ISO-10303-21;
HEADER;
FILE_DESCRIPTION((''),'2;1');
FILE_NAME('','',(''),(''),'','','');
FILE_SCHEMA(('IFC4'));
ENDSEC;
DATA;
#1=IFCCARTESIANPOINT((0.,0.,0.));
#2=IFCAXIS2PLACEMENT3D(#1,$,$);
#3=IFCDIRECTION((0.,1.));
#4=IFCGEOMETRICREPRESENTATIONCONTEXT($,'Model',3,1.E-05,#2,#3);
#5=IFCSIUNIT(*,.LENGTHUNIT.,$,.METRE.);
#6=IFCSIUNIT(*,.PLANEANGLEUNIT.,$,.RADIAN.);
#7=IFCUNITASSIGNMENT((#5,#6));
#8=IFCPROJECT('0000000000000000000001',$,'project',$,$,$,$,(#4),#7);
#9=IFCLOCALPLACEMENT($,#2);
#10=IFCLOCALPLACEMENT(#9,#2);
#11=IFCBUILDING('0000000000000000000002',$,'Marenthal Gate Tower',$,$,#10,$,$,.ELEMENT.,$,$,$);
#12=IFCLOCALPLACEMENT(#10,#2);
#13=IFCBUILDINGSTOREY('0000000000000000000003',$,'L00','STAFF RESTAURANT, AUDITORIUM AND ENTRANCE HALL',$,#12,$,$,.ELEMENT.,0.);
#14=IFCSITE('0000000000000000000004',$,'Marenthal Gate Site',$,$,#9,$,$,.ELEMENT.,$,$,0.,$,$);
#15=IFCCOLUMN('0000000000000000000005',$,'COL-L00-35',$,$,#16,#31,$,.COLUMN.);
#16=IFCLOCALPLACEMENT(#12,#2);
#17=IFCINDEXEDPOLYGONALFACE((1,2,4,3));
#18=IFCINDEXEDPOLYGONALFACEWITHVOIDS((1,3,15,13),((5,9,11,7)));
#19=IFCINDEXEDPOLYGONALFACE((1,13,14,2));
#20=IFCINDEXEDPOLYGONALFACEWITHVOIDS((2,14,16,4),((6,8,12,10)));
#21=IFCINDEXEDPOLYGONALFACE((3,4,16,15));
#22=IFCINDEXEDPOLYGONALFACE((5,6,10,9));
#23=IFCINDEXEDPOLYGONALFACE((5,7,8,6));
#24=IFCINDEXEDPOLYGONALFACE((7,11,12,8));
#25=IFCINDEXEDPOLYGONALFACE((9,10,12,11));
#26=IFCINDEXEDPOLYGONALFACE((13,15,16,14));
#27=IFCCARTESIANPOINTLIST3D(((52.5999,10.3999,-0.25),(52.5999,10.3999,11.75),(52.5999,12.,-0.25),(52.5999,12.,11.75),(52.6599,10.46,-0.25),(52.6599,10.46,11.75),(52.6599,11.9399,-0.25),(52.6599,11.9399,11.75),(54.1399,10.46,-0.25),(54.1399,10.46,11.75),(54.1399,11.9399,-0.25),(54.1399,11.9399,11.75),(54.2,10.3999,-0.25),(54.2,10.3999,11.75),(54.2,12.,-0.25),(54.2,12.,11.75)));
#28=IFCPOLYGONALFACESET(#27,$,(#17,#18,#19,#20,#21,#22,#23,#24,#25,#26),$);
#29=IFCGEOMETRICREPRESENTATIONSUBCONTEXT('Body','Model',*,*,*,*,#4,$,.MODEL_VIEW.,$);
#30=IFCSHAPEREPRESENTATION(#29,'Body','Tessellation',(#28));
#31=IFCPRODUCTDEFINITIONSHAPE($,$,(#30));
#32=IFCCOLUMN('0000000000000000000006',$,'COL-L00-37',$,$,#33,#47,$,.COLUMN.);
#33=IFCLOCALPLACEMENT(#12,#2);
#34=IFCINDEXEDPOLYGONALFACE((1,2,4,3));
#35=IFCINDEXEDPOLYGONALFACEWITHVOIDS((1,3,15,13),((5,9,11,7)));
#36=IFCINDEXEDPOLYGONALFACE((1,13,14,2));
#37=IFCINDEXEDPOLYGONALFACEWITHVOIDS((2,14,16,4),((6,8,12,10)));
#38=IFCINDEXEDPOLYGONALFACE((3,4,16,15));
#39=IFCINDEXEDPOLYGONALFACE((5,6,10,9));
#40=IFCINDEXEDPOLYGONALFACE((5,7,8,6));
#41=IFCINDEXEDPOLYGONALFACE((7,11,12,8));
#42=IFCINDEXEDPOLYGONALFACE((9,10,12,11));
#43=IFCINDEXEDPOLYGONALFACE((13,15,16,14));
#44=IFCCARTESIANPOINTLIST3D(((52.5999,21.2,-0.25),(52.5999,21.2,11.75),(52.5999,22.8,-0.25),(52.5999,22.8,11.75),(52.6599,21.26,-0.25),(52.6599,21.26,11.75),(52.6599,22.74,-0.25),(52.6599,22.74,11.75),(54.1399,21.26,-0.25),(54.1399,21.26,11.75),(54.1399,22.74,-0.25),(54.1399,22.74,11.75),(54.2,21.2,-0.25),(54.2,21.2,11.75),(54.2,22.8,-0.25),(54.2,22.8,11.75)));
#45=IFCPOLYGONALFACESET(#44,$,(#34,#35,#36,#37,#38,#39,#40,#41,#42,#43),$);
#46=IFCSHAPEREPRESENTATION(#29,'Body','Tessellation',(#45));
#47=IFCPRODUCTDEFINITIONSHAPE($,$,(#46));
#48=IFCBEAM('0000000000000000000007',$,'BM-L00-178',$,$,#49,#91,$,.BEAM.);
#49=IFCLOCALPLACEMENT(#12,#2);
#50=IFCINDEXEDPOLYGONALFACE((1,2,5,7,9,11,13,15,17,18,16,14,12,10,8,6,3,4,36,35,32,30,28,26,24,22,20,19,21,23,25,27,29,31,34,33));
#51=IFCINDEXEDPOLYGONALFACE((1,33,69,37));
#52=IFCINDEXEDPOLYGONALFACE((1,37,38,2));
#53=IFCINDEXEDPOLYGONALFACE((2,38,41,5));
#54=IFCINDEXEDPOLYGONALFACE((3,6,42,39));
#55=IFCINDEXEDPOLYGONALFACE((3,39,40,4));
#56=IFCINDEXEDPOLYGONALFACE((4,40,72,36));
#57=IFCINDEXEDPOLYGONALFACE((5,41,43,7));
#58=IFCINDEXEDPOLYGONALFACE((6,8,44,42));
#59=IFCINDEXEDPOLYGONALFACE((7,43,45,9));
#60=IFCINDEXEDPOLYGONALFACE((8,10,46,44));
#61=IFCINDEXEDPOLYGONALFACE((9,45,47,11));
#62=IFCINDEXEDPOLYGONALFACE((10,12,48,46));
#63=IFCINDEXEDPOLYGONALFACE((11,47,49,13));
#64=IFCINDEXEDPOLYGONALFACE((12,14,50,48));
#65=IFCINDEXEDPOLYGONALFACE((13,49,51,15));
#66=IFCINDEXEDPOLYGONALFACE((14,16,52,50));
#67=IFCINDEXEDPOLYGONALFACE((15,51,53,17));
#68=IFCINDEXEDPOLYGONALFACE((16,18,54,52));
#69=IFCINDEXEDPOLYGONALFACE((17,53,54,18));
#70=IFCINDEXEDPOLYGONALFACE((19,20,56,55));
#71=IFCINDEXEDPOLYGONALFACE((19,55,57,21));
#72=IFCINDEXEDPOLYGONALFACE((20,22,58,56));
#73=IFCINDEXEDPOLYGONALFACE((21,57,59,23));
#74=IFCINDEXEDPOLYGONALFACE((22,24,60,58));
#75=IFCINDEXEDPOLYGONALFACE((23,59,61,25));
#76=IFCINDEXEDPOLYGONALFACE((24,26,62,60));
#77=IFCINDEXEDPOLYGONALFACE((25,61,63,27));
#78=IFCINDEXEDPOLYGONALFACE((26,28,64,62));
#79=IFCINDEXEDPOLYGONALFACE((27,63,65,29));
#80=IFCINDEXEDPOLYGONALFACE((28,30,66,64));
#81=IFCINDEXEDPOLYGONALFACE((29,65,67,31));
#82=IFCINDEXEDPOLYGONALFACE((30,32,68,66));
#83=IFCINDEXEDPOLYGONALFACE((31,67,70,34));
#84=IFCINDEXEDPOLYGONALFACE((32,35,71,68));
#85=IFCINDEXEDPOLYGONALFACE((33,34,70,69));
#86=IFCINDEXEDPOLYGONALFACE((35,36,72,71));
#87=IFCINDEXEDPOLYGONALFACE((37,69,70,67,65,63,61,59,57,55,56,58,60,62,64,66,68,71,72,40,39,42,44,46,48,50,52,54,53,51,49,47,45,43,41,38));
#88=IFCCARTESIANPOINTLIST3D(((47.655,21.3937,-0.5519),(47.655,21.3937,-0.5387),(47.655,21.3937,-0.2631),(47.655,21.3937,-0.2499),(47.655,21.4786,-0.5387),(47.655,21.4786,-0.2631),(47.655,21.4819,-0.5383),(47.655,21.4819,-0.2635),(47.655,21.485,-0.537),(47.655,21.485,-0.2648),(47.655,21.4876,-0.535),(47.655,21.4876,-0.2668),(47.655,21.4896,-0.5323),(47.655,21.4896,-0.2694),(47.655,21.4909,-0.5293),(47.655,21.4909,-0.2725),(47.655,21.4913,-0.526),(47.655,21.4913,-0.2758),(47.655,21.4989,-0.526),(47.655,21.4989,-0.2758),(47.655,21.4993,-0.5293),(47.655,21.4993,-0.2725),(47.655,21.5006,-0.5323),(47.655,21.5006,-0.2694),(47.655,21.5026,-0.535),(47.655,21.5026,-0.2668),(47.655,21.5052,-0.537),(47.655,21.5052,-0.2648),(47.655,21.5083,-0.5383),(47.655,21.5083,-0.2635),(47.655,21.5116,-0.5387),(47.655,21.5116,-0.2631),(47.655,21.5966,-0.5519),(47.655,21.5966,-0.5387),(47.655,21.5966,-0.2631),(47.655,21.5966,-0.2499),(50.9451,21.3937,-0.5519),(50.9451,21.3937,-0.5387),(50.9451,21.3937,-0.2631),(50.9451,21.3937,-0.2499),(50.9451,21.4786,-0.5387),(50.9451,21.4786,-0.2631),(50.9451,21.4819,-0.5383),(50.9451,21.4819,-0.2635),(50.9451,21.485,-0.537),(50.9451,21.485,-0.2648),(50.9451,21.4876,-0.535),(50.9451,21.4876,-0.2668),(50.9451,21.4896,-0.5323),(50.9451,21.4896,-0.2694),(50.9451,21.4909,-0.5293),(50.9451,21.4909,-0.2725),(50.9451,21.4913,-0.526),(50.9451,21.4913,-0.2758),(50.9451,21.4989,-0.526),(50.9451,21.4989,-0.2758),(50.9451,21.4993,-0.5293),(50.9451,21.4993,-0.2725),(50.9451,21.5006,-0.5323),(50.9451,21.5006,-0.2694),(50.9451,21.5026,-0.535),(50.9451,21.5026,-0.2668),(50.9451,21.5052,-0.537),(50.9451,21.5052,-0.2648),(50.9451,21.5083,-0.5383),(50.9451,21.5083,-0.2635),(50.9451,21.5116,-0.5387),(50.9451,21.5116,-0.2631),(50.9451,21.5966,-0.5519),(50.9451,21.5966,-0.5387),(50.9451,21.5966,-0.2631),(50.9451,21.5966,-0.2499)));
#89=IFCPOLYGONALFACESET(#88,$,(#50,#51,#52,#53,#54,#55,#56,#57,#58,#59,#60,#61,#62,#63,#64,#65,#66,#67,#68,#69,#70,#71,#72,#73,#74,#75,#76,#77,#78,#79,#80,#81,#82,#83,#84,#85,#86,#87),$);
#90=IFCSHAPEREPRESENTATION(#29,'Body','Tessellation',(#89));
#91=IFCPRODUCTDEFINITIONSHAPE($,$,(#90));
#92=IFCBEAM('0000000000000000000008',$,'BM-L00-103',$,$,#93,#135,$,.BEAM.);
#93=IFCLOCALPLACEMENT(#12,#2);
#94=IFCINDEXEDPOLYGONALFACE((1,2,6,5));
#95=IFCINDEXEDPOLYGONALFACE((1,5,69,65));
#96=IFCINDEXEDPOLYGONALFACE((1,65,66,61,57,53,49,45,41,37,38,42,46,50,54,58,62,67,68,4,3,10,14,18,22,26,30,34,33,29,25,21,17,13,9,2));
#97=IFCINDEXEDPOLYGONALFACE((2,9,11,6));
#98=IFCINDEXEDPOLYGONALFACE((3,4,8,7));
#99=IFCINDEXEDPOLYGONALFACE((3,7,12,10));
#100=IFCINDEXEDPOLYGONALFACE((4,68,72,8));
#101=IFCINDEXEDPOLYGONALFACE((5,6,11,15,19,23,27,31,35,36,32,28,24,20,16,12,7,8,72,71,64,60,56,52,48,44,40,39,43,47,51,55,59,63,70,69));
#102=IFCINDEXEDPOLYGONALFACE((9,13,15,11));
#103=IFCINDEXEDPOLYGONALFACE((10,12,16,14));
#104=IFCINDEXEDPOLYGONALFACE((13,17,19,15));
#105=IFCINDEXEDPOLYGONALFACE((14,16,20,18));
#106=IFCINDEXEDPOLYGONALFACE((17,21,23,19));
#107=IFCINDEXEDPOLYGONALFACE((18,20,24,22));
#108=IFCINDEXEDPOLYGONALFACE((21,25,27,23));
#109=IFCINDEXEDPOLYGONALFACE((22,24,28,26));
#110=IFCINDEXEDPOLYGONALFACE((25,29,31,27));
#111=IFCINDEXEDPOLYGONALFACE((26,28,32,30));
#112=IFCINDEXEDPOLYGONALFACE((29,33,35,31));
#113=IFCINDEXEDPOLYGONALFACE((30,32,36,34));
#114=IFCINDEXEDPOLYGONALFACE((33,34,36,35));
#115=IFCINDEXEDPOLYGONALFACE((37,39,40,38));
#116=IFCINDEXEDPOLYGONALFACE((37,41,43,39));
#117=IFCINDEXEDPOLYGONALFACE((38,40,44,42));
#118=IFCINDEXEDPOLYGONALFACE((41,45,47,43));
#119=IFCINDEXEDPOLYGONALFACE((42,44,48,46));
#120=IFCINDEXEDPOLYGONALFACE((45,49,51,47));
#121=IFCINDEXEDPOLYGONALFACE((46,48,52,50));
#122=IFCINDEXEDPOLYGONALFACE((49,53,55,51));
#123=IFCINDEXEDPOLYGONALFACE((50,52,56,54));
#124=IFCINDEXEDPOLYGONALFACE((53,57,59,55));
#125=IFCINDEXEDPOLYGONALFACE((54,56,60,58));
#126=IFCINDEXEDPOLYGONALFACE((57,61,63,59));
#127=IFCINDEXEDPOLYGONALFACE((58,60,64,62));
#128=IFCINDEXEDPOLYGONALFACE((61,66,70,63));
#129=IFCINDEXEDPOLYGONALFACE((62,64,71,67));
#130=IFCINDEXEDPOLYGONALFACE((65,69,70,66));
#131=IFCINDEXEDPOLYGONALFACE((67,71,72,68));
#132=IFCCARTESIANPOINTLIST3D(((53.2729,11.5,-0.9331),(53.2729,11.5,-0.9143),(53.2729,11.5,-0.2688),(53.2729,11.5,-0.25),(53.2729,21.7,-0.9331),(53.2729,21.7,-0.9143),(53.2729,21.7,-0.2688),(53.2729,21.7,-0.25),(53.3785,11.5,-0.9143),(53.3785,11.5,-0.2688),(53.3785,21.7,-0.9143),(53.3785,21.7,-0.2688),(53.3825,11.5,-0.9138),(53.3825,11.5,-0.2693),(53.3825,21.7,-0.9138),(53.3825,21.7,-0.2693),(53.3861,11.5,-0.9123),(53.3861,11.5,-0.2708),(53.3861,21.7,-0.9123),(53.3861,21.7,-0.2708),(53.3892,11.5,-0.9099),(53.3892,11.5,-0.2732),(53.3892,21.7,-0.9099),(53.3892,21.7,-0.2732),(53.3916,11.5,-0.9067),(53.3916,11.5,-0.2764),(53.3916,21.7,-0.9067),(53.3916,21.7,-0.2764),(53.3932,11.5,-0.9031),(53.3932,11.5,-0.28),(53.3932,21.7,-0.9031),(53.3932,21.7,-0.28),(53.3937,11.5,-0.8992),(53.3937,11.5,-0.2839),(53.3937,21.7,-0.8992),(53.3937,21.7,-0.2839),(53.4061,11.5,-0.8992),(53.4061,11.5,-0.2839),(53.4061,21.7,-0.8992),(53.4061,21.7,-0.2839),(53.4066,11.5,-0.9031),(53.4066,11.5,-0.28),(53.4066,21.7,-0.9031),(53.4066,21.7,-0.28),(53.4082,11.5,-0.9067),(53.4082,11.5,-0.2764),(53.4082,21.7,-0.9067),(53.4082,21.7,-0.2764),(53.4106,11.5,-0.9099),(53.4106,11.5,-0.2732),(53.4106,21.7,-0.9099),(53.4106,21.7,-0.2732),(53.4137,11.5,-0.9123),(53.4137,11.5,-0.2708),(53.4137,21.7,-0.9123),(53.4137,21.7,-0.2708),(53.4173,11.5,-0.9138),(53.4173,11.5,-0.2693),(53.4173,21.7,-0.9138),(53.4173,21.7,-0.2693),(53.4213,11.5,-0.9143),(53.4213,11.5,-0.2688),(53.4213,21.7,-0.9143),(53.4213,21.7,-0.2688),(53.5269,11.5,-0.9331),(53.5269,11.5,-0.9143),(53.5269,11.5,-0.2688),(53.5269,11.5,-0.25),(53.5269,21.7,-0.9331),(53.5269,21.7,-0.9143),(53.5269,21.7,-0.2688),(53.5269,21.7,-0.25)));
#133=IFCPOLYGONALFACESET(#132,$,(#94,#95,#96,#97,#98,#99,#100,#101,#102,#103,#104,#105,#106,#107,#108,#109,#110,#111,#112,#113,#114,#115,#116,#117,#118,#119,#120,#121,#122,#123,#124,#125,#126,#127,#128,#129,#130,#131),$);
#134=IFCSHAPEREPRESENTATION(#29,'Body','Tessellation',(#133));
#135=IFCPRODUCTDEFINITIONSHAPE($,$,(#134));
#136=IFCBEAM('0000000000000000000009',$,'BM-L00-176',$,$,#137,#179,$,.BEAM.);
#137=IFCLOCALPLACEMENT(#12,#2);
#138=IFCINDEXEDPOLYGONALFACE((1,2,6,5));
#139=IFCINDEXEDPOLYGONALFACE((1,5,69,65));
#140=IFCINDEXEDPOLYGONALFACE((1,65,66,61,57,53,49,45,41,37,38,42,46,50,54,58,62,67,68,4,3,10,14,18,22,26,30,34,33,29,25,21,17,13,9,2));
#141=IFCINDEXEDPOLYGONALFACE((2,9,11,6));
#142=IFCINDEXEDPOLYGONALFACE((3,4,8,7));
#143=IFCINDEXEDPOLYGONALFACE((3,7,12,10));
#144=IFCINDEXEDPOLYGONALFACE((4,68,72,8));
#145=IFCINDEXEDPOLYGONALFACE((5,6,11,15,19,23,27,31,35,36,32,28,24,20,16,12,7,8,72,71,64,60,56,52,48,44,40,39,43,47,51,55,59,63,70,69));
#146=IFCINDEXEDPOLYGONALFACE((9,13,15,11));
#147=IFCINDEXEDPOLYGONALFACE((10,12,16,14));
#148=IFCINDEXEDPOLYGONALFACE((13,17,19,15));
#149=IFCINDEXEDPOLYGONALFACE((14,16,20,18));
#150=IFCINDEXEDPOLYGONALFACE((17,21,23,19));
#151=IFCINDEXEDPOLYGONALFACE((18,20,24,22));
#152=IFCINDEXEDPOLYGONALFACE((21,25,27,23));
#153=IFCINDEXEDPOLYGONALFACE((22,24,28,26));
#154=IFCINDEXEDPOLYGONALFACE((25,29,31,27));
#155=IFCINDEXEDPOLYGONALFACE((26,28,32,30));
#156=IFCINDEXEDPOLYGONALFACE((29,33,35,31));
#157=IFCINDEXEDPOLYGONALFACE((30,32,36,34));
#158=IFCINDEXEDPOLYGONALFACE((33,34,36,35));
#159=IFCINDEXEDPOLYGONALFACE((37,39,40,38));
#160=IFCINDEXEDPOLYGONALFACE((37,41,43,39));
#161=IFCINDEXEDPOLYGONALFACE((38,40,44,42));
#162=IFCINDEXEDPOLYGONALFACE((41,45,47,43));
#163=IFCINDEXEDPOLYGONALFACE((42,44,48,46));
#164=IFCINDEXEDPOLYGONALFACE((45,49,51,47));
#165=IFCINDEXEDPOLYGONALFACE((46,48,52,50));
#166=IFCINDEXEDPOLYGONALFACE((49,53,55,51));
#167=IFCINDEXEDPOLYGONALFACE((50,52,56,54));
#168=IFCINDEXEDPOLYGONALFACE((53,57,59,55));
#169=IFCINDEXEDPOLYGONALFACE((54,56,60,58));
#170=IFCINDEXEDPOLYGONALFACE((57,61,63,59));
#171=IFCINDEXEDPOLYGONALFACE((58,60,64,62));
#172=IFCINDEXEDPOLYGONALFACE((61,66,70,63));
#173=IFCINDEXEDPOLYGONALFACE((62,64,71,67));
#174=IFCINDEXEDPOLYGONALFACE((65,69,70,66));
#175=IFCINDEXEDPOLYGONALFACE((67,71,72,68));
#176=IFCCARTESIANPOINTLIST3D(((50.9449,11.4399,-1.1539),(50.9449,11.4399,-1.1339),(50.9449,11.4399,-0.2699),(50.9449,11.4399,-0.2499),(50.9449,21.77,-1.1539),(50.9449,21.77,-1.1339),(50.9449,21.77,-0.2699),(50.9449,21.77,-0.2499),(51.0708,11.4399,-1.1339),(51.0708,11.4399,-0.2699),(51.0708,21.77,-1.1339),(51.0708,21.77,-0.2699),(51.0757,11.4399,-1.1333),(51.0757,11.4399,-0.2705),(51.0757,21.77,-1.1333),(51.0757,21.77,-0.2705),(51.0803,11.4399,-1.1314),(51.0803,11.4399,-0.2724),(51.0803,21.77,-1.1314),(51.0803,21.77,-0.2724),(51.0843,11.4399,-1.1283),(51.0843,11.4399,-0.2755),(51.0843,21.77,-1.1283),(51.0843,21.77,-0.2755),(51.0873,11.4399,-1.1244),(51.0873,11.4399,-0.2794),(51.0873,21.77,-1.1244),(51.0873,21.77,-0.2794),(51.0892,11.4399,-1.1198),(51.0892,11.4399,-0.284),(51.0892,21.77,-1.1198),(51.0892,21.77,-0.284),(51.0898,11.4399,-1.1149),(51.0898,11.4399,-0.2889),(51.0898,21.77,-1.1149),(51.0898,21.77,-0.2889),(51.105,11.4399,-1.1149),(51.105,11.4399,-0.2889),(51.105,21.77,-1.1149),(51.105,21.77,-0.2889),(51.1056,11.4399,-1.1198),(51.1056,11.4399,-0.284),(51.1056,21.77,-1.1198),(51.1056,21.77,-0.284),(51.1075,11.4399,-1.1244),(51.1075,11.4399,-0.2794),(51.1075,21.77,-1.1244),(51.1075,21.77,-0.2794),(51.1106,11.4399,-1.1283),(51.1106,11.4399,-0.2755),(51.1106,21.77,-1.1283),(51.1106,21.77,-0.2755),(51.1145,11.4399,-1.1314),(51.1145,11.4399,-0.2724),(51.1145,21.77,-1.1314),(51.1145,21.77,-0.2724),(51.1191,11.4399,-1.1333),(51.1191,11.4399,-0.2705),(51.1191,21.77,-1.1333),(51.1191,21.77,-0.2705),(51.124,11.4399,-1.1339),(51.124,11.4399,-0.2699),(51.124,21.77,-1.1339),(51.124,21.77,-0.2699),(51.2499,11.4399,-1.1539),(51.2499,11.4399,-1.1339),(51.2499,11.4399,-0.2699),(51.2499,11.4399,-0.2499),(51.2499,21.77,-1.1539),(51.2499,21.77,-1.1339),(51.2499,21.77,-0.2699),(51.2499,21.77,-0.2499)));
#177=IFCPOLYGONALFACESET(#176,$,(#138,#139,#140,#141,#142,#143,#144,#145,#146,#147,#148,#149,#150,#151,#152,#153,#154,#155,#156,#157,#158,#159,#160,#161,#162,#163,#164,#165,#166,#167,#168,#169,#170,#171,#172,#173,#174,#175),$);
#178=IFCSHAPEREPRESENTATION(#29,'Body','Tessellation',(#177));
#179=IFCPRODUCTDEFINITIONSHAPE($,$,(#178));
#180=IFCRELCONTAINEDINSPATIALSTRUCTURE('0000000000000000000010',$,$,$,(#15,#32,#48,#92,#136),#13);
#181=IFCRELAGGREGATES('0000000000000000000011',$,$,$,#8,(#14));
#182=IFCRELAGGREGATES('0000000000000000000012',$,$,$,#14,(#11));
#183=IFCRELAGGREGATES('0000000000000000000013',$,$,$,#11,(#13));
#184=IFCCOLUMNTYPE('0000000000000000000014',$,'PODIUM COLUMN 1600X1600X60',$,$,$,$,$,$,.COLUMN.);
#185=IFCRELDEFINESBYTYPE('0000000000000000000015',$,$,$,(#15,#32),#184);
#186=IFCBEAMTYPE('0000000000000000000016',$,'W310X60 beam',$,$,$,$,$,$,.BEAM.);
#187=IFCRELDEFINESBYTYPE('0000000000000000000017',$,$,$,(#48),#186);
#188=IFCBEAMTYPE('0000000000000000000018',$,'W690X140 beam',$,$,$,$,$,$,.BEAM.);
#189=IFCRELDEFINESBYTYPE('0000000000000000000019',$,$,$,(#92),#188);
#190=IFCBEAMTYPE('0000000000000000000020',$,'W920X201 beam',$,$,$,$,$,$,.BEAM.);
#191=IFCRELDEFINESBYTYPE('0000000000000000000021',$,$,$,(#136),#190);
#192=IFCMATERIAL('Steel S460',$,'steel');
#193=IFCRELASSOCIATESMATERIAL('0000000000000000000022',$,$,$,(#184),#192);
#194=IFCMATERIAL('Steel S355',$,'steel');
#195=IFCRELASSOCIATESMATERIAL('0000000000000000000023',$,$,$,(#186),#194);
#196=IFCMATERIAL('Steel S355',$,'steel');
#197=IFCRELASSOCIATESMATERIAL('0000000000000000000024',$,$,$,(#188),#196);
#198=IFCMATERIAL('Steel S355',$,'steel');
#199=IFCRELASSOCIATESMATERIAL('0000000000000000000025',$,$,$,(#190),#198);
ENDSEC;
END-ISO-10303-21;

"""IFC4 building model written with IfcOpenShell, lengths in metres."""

from ifc_helpers import new_model, si_unit, direction, frame, origin, origin_2d, place, context, subcontext, project, spatial, rectangle, hollow_rectangle, i_section, extrude, material, material_profile, profile_set, type_object, element, save


model = new_model("IFC4")

# Units and contexts
model_context = context("Model", 3, precision=1e-05, world=origin(), true_north=direction((0.0, 1.0)))
body_context = subcontext(model_context, "Body", "Model", "MODEL_VIEW")
ifc_project = project(units=[si_unit("LENGTHUNIT", "METRE"), si_unit("PLANEANGLEUNIT", "RADIAN")], contexts=[model_context])

# Site, building, storey
site_placement = place(None, origin())
site = spatial("IfcSite", under=ifc_project, at=site_placement, Name="Marenthal Gate Site", CompositionType="ELEMENT", RefElevation=0.0)
building_placement = place(site_placement, origin())
building = spatial("IfcBuilding", under=site, at=building_placement, Name="Marenthal Gate Tower", CompositionType="ELEMENT")
storey_placement = place(building_placement, origin())
storey = spatial("IfcBuildingStorey", under=building, at=storey_placement, Name="L00", Description="STAFF RESTAURANT, AUDITORIUM AND ENTRANCE HALL", CompositionType="ELEMENT", Elevation=0.0)

# Columns
ifc_material_1 = material(Name="Steel S460", Category="steel")
ifc_material_profile_1 = material_profile(ifc_material_1, hollow_rectangle(XDim=1.6001, YDim=1.6001, WallThickness=0.0601, at=origin_2d()), Name="CFT BOX 1600X1600X60")
ifc_material_2 = material(Name="Concrete 70 MPa", Category="concrete")
ifc_material_profile_2 = material_profile(ifc_material_2, rectangle(XDim=1.48, YDim=1.48, at=origin_2d()), Name="CFT BOX 1600X1600X60 INFILL")
ifc_profile_set_1 = profile_set([ifc_material_profile_1, ifc_material_profile_2], Name="Steel S460 shell, Concrete 70 MPa infill")
column_type = type_object("IfcColumnType", Name="PODIUM COLUMN 1600X1600X60", PredefinedType="COLUMN", material=ifc_profile_set_1)
for number, where, z_axis, x_axis, name in (
    (1, (53.3999, 11.2, -0.25), (0.0, 0.0, 1.0), (1.0, 0.0, 0.0), "COL-L00-35"),
    (2, (53.3999, 22.0, -0.25), (0.0, 0.0, 1.0), (1.0, 0.0, 0.0), "COL-L00-37"),
):
    element("IfcColumn", number, at=place(storey_placement, frame(where, z_axis=z_axis, x_axis=x_axis)), inside=storey, type_object=column_type, Name=name, PredefinedType="COLUMN", context=body_context, shape_type="SweptSolid", body=[
        extrude(hollow_rectangle(XDim=1.6001, YDim=1.6001, WallThickness=0.0601, at=origin_2d()), origin(), (0.0, 0.0, 1.0), 12.0),
    ])

# Beams
ifc_material_3 = material(Name="Steel S355", Category="steel")
ifc_material_profile_3 = material_profile(ifc_material_3, i_section(OverallWidth=0.2029, OverallDepth=0.302, WebThickness=0.0076, FlangeThickness=0.0132, FilletRadius=0.0127, at=origin_2d()), Name="W310X60")
ifc_profile_set_2 = profile_set([ifc_material_profile_3], Name="Steel S355")
beam_type_1 = type_object("IfcBeamType", Name="W310X60 beam", PredefinedType="BEAM", material=ifc_profile_set_2)
beam_1_placement = place(storey_placement, frame((47.655, 21.4951, -0.4009), z_axis=(1.0, 0.0, 0.0), x_axis=(0.0, 1.0, 0.0)))
element("IfcBeam", 3, at=beam_1_placement, inside=storey, type_object=beam_type_1, Name="BM-L00-178", PredefinedType="BEAM", context=body_context, shape_type="SweptSolid", body=[
    extrude(i_section(OverallWidth=0.2029, OverallDepth=0.302, WebThickness=0.0076, FlangeThickness=0.0132, FilletRadius=0.0127, at=origin_2d()), origin(), (0.0, 0.0, 1.0), 3.29),
])
ifc_material_4 = material(Name="Steel S355", Category="steel")
ifc_material_profile_4 = material_profile(ifc_material_4, i_section(OverallWidth=0.2539, OverallDepth=0.6831, WebThickness=0.0125, FlangeThickness=0.0188, FilletRadius=0.0151, at=origin_2d()), Name="W690X140")
ifc_profile_set_3 = profile_set([ifc_material_profile_4], Name="Steel S355")
beam_type_2 = type_object("IfcBeamType", Name="W690X140 beam", PredefinedType="BEAM", material=ifc_profile_set_3)
beam_2_placement = place(storey_placement, frame((53.3999, 11.5, -0.5916), z_axis=(0.0, 1.0, 0.0), x_axis=(-1.0, 0.0, 0.0)))
element("IfcBeam", 4, at=beam_2_placement, inside=storey, type_object=beam_type_2, Name="BM-L00-103", PredefinedType="BEAM", context=body_context, shape_type="SweptSolid", body=[
    extrude(i_section(OverallWidth=0.2539, OverallDepth=0.6831, WebThickness=0.0125, FlangeThickness=0.0188, FilletRadius=0.0151, at=origin_2d()), origin(), (0.0, 0.0, 1.0), 10.2),
])
ifc_material_5 = material(Name="Steel S355", Category="steel")
ifc_material_profile_5 = material_profile(ifc_material_5, i_section(OverallWidth=0.3049, OverallDepth=0.9041, WebThickness=0.0151, FlangeThickness=0.02, FilletRadius=0.019, at=origin_2d()), Name="W920X201")
ifc_profile_set_4 = profile_set([ifc_material_profile_5], Name="Steel S355")
beam_type_3 = type_object("IfcBeamType", Name="W920X201 beam", PredefinedType="BEAM", material=ifc_profile_set_4)
beam_3_placement = place(storey_placement, frame((51.0974, 11.4399, -0.7019), z_axis=(0.0, 1.0, 0.0), x_axis=(-1.0, 0.0, 0.0)))
element("IfcBeam", 5, at=beam_3_placement, inside=storey, type_object=beam_type_3, Name="BM-L00-176", PredefinedType="BEAM", context=body_context, shape_type="SweptSolid", body=[
    extrude(i_section(OverallWidth=0.3049, OverallDepth=0.9041, WebThickness=0.0151, FlangeThickness=0.02, FilletRadius=0.019, at=origin_2d()), origin(), (0.0, 0.0, 1.0), 10.3301),
])

save(model, "model.ifc")
